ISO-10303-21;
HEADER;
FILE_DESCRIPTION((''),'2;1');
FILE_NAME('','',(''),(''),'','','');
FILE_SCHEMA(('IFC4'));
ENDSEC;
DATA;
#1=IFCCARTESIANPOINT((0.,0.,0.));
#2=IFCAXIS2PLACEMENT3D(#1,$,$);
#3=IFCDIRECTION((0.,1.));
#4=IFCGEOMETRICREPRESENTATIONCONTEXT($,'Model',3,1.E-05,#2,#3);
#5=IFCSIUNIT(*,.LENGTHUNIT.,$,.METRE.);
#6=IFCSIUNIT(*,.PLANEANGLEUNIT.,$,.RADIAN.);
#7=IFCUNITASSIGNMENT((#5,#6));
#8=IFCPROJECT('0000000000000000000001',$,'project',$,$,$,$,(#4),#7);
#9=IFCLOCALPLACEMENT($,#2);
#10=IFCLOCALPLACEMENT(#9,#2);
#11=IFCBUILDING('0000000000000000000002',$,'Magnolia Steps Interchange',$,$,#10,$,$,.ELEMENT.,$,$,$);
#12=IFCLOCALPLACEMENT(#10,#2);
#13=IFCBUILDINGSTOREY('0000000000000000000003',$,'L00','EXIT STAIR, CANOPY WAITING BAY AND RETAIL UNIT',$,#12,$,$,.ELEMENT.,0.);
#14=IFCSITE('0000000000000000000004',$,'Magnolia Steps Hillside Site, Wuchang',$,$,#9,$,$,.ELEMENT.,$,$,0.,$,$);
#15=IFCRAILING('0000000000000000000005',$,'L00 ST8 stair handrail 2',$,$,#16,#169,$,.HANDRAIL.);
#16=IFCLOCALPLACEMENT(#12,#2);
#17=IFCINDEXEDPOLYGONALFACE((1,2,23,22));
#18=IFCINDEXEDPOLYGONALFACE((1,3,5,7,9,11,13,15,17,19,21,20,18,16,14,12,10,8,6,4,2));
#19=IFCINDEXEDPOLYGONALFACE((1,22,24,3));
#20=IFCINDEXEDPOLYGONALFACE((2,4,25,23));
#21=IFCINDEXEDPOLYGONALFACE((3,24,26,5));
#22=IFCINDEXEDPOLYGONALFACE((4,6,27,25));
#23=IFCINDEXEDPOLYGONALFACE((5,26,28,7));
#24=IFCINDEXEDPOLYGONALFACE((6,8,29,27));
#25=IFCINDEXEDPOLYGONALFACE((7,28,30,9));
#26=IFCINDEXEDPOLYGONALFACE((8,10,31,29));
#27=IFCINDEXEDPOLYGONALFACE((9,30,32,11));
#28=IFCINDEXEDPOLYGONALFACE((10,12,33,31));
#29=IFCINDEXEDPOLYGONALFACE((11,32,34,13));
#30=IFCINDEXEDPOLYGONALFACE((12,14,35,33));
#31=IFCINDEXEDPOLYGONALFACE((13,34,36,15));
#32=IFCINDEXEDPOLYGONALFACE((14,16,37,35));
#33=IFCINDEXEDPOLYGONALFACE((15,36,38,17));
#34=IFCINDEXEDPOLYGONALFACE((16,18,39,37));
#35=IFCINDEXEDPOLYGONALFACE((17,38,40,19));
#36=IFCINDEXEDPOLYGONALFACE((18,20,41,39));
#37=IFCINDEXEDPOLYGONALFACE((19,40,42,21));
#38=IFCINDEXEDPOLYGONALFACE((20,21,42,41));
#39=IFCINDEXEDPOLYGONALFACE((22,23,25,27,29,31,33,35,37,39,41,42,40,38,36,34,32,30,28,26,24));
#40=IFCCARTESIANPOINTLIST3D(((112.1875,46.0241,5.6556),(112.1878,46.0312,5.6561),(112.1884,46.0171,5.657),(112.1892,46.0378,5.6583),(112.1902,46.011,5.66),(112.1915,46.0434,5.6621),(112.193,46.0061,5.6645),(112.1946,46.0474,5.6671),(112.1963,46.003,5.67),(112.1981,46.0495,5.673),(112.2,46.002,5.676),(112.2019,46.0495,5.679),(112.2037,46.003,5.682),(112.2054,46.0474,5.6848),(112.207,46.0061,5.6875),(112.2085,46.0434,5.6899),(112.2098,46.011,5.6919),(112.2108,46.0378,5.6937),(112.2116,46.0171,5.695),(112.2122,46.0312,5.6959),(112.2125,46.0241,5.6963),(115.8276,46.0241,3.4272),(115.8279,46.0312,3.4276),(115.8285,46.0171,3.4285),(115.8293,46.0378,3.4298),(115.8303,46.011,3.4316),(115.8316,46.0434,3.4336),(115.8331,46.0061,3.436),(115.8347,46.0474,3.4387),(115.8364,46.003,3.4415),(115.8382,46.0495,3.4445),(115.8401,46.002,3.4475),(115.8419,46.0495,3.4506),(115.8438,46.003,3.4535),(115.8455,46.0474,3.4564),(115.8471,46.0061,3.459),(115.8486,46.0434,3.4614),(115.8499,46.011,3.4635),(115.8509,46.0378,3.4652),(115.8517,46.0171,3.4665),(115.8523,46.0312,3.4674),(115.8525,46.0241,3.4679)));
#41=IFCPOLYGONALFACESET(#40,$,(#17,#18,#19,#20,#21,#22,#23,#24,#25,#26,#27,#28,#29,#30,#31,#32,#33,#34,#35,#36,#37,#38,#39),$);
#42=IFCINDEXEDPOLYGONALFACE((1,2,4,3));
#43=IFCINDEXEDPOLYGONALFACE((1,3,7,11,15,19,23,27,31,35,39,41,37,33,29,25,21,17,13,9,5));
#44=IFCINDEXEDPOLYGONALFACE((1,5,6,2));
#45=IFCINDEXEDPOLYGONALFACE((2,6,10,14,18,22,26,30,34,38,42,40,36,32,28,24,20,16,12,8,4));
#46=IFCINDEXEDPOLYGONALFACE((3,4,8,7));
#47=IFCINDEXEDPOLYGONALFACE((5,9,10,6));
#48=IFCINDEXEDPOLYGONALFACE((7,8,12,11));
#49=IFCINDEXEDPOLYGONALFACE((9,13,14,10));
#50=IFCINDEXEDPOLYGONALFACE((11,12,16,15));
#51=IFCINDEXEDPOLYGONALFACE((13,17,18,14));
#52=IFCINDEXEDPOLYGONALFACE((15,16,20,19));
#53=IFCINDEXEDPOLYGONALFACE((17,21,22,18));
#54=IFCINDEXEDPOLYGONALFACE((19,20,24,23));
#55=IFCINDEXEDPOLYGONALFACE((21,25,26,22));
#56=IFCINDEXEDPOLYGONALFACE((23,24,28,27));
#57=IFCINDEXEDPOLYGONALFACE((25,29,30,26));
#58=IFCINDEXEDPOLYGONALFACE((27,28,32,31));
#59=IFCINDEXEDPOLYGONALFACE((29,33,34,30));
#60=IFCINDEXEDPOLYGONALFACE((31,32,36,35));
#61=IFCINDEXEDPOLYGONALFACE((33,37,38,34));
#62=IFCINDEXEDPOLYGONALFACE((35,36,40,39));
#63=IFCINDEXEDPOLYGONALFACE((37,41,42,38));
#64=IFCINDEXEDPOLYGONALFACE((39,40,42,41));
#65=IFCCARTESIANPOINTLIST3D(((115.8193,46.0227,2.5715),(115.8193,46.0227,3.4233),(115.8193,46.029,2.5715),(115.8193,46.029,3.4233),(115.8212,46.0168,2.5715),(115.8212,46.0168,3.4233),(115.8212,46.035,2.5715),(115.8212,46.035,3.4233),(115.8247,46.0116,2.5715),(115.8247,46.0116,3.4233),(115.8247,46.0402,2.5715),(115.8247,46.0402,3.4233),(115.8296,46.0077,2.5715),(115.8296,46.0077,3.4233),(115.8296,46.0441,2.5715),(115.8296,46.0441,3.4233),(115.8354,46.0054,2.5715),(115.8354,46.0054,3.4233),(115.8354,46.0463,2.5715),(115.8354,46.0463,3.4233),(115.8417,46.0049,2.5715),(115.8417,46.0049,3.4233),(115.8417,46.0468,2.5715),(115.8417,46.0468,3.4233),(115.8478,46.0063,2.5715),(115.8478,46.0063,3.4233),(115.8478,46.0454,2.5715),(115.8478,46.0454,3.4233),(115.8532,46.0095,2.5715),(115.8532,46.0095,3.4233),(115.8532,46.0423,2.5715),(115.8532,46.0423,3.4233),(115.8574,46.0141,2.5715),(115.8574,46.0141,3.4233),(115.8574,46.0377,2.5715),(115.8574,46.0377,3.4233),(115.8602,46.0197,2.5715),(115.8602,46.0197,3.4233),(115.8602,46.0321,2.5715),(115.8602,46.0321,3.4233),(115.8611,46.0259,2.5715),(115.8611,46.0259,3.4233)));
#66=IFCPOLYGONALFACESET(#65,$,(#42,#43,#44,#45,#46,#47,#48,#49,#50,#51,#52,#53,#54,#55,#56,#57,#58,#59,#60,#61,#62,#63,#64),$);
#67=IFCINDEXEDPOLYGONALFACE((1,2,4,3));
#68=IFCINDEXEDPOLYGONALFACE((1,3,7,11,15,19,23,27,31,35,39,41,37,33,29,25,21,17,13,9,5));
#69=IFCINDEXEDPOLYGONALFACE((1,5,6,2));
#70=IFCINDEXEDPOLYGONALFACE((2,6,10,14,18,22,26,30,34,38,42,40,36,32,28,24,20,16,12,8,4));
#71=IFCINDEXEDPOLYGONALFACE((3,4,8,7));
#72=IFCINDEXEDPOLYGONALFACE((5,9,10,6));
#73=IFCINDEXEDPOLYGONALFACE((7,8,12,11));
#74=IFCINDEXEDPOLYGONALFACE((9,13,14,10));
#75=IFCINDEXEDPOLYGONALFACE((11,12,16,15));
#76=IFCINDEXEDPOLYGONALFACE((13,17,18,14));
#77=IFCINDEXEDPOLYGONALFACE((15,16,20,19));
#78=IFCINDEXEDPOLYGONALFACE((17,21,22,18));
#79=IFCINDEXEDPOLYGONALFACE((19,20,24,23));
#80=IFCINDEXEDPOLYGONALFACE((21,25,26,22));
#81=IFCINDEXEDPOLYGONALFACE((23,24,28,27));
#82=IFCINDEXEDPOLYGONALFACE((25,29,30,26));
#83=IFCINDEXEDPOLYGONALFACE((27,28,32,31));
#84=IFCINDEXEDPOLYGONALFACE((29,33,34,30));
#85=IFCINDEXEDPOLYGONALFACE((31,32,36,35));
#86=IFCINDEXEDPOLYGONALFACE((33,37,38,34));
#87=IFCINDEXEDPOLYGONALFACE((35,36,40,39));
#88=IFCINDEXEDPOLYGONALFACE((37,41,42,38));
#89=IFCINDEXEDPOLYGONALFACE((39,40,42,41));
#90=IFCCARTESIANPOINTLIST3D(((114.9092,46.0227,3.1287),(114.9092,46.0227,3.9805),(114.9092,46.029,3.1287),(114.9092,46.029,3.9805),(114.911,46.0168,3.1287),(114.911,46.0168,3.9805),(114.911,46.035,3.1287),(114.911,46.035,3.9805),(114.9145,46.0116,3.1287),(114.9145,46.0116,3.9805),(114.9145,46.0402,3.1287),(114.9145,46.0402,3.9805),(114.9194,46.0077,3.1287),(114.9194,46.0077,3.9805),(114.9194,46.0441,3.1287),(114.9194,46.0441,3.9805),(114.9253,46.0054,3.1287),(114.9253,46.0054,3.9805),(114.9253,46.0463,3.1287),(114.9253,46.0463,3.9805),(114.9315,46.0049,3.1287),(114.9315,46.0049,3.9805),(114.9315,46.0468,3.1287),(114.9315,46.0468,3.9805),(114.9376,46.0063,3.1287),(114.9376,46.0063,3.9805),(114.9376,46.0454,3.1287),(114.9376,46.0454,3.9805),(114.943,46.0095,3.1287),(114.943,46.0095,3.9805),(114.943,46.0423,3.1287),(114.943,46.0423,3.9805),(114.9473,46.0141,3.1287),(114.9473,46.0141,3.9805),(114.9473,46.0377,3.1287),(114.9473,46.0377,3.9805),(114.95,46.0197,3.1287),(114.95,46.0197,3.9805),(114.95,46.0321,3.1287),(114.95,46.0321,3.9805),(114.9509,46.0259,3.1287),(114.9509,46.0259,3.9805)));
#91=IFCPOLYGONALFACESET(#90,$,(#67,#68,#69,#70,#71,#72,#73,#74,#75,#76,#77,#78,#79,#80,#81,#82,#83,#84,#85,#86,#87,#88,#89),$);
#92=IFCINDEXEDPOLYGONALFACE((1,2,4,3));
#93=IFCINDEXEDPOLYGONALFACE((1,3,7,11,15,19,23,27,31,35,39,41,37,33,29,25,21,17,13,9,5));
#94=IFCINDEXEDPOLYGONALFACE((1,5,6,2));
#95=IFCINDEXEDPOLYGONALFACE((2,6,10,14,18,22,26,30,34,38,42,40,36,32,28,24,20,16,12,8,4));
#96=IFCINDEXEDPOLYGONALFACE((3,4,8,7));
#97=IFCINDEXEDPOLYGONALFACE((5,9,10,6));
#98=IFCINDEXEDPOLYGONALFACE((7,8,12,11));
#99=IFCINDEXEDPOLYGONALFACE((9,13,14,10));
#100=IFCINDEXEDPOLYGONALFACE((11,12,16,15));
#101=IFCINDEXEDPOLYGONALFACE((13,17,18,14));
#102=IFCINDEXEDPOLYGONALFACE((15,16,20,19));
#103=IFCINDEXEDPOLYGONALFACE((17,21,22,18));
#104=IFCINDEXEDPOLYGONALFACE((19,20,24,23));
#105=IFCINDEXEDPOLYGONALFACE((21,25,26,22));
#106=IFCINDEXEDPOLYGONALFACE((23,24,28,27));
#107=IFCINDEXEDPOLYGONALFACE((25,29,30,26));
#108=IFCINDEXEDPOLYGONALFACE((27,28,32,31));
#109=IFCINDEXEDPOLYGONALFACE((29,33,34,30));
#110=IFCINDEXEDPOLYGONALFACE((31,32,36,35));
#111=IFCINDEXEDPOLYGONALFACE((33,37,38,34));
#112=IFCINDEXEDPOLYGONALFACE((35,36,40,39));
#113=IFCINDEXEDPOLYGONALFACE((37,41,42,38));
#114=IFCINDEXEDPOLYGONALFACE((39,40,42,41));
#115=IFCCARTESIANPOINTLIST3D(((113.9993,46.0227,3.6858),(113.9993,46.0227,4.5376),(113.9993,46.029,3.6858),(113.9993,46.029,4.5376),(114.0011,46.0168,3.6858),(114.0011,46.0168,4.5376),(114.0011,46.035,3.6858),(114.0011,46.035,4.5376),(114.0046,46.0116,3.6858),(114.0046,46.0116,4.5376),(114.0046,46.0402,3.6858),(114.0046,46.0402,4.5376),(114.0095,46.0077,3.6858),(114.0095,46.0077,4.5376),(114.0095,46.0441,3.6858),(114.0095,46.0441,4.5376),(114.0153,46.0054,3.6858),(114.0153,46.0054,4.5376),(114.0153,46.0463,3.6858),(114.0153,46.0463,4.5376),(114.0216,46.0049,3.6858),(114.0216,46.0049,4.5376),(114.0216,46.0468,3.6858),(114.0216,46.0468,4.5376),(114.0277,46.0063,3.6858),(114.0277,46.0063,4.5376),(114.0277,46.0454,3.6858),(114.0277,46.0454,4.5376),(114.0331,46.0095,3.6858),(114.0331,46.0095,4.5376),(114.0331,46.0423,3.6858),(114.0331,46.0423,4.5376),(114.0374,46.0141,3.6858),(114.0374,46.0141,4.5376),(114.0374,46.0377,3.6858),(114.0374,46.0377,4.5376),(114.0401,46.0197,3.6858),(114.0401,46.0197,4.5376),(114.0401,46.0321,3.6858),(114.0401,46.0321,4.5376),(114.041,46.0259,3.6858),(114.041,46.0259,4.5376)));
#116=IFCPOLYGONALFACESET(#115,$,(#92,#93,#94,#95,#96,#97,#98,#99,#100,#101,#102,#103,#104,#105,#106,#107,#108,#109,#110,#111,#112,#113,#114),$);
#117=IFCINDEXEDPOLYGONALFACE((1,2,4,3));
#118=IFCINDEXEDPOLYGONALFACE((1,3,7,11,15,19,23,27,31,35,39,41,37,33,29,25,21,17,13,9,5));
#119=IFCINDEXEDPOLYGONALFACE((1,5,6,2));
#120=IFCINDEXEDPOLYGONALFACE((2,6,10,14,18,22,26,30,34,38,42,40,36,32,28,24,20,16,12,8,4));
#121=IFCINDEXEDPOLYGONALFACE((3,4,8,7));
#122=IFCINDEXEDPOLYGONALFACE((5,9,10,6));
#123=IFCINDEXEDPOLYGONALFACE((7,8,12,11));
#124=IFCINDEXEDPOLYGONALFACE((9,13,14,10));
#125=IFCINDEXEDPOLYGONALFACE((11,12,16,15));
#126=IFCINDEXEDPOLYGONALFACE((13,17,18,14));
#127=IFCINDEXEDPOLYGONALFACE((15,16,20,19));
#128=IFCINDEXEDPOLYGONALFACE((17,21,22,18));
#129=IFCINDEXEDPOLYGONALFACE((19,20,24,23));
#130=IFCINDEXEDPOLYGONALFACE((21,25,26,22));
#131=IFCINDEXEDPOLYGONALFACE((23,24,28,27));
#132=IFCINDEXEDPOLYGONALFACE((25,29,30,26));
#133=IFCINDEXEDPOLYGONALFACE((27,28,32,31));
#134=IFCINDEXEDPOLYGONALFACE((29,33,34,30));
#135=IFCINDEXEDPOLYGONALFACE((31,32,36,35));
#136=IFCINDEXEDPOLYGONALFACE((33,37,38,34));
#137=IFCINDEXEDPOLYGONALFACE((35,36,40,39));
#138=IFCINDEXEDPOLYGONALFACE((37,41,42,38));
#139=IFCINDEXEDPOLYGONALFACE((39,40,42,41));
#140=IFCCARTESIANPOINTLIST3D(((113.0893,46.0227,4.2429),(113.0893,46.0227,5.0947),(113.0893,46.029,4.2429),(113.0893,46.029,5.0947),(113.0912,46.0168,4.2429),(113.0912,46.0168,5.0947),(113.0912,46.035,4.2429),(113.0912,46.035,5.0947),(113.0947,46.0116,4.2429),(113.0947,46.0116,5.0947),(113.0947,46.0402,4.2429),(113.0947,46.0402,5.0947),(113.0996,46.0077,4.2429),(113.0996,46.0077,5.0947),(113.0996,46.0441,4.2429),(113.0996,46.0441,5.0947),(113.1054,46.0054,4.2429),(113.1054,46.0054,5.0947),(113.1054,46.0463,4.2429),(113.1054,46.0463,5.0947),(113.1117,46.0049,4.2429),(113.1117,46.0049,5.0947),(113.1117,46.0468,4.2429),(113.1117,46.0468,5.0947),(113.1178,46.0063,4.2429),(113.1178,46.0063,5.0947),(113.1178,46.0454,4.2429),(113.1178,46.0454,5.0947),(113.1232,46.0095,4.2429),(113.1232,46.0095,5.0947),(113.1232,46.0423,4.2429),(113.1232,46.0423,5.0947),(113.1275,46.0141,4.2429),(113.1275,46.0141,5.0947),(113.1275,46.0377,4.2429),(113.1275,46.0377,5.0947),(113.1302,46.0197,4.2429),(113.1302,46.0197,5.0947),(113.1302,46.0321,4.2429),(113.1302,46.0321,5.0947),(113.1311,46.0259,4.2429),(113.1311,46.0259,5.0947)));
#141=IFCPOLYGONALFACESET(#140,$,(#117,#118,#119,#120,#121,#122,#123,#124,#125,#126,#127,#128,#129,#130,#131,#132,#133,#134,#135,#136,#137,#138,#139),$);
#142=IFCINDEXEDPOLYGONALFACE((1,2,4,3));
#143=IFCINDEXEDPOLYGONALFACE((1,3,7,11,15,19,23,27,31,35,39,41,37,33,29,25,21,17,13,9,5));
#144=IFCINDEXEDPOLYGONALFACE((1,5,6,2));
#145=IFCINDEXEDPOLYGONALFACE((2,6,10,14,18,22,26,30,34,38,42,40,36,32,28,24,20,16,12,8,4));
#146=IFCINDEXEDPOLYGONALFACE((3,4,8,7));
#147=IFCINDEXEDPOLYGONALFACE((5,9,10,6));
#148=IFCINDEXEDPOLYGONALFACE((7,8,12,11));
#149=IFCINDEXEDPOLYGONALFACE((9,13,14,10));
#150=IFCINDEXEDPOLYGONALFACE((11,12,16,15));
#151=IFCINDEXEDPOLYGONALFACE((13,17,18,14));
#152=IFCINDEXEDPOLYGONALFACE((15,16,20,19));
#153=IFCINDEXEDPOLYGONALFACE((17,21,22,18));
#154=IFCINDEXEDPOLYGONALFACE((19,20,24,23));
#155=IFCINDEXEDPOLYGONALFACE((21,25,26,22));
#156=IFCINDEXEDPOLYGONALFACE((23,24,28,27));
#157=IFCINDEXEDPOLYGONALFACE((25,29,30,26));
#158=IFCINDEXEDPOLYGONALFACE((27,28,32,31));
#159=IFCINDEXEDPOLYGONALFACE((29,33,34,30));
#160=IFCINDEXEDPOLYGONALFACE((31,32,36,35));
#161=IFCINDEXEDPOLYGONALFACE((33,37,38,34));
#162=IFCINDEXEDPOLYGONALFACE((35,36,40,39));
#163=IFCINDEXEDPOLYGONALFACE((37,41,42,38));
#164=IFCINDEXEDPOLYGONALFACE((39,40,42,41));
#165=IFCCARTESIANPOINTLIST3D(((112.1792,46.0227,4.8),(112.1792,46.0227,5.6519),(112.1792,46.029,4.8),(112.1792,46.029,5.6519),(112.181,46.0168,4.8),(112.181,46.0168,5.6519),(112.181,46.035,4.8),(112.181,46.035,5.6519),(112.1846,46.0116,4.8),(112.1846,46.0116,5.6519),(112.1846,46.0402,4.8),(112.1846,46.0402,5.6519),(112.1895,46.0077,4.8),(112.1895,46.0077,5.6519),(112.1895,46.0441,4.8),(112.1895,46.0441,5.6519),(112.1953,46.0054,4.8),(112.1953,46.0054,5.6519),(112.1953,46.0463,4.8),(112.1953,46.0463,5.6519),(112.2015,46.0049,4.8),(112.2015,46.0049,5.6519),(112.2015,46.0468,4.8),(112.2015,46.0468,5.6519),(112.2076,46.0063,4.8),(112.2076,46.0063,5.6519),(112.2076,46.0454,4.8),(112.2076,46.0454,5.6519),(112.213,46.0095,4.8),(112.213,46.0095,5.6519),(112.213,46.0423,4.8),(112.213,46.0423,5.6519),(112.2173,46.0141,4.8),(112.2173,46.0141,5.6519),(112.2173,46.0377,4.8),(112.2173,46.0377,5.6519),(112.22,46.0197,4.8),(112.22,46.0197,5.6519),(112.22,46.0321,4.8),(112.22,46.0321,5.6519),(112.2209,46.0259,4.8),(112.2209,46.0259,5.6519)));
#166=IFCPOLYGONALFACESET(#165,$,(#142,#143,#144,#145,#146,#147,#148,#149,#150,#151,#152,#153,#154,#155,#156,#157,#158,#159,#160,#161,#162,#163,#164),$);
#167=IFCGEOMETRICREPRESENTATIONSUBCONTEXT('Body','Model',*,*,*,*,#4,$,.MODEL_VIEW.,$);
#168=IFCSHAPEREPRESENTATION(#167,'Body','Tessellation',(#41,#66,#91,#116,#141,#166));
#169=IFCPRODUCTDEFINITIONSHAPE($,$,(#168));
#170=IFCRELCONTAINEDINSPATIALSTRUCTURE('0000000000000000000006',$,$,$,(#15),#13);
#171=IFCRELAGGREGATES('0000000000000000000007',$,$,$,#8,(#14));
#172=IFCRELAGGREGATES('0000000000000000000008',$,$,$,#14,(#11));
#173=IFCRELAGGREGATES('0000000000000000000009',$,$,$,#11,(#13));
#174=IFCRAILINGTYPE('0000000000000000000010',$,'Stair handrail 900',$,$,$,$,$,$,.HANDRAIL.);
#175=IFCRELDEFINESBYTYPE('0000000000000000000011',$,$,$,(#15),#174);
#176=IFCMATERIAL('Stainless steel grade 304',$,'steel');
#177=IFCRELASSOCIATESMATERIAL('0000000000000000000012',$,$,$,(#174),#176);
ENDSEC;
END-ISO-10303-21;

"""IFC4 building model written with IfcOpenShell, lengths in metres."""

from ifc_helpers import new_model, si_unit, direction, frame, origin, origin_2d, place, context, subcontext, project, spatial, circle, extrude, material, type_object, element, save


model = new_model("IFC4")

# Units and contexts
model_context = context("Model", 3, precision=1e-05, world=origin(), true_north=direction((0.0, 1.0)))
body_context = subcontext(model_context, "Body", "Model", "MODEL_VIEW")
ifc_project = project(units=[si_unit("LENGTHUNIT", "METRE"), si_unit("PLANEANGLEUNIT", "RADIAN")], contexts=[model_context])

# Site, building, storey
site_placement = place(None, origin())
site = spatial("IfcSite", under=ifc_project, at=site_placement, Name="Magnolia Steps Hillside Site, Wuchang", CompositionType="ELEMENT", RefElevation=0.0)
building_placement = place(site_placement, origin())
building = spatial("IfcBuilding", under=site, at=building_placement, Name="Magnolia Steps Interchange", CompositionType="ELEMENT")
storey_placement = place(building_placement, origin())
storey = spatial("IfcBuildingStorey", under=building, at=storey_placement, Name="L00", Description="EXIT STAIR, CANOPY WAITING BAY AND RETAIL UNIT", CompositionType="ELEMENT", Elevation=0.0)

# Railing
ifc_material_1 = material(Name="Stainless steel grade 304", Category="steel")
railing_type_1 = type_object("IfcRailingType", Name="Stair handrail 900", PredefinedType="HANDRAIL", material=ifc_material_1)
railing_1_placement = place(storey_placement, frame((115.8401, 46.0259, 2.5715)))
element("IfcRailing", 1, at=railing_1_placement, inside=storey, type_object=railing_type_1, Name="L00 ST8 stair handrail 2", PredefinedType="HANDRAIL", context=body_context, shape_type="SweptSolid", body=[
    extrude(circle(Radius=0.0239, at=origin_2d()), frame((0.0, 0.0, 0.876), z_axis=(-0.852866, 0.0, 0.52213), x_axis=(0.0, -1.0, 0.0)), (0.0, 0.0, 1.0), 4.2681),
    extrude(circle(Radius=0.021, at=origin_2d()), origin(), (0.0, 0.0, 1.0), 0.8518),
    extrude(circle(Radius=0.021, at=origin_2d()), frame((-0.9102, 0.0, 0.5571)), (0.0, 0.0, 1.0), 0.8518),
    extrude(circle(Radius=0.021, at=origin_2d()), frame((-1.8201, 0.0, 1.1143)), (0.0, 0.0, 1.0), 0.8518),
    extrude(circle(Radius=0.021, at=origin_2d()), frame((-2.73, 0.0, 1.6714)), (0.0, 0.0, 1.0), 0.8518),
    extrude(circle(Radius=0.021, at=origin_2d()), frame((-3.6401, 0.0, 2.2285)), (0.0, 0.0, 1.0), 0.8518),
])

save(model, "model.ifc")
